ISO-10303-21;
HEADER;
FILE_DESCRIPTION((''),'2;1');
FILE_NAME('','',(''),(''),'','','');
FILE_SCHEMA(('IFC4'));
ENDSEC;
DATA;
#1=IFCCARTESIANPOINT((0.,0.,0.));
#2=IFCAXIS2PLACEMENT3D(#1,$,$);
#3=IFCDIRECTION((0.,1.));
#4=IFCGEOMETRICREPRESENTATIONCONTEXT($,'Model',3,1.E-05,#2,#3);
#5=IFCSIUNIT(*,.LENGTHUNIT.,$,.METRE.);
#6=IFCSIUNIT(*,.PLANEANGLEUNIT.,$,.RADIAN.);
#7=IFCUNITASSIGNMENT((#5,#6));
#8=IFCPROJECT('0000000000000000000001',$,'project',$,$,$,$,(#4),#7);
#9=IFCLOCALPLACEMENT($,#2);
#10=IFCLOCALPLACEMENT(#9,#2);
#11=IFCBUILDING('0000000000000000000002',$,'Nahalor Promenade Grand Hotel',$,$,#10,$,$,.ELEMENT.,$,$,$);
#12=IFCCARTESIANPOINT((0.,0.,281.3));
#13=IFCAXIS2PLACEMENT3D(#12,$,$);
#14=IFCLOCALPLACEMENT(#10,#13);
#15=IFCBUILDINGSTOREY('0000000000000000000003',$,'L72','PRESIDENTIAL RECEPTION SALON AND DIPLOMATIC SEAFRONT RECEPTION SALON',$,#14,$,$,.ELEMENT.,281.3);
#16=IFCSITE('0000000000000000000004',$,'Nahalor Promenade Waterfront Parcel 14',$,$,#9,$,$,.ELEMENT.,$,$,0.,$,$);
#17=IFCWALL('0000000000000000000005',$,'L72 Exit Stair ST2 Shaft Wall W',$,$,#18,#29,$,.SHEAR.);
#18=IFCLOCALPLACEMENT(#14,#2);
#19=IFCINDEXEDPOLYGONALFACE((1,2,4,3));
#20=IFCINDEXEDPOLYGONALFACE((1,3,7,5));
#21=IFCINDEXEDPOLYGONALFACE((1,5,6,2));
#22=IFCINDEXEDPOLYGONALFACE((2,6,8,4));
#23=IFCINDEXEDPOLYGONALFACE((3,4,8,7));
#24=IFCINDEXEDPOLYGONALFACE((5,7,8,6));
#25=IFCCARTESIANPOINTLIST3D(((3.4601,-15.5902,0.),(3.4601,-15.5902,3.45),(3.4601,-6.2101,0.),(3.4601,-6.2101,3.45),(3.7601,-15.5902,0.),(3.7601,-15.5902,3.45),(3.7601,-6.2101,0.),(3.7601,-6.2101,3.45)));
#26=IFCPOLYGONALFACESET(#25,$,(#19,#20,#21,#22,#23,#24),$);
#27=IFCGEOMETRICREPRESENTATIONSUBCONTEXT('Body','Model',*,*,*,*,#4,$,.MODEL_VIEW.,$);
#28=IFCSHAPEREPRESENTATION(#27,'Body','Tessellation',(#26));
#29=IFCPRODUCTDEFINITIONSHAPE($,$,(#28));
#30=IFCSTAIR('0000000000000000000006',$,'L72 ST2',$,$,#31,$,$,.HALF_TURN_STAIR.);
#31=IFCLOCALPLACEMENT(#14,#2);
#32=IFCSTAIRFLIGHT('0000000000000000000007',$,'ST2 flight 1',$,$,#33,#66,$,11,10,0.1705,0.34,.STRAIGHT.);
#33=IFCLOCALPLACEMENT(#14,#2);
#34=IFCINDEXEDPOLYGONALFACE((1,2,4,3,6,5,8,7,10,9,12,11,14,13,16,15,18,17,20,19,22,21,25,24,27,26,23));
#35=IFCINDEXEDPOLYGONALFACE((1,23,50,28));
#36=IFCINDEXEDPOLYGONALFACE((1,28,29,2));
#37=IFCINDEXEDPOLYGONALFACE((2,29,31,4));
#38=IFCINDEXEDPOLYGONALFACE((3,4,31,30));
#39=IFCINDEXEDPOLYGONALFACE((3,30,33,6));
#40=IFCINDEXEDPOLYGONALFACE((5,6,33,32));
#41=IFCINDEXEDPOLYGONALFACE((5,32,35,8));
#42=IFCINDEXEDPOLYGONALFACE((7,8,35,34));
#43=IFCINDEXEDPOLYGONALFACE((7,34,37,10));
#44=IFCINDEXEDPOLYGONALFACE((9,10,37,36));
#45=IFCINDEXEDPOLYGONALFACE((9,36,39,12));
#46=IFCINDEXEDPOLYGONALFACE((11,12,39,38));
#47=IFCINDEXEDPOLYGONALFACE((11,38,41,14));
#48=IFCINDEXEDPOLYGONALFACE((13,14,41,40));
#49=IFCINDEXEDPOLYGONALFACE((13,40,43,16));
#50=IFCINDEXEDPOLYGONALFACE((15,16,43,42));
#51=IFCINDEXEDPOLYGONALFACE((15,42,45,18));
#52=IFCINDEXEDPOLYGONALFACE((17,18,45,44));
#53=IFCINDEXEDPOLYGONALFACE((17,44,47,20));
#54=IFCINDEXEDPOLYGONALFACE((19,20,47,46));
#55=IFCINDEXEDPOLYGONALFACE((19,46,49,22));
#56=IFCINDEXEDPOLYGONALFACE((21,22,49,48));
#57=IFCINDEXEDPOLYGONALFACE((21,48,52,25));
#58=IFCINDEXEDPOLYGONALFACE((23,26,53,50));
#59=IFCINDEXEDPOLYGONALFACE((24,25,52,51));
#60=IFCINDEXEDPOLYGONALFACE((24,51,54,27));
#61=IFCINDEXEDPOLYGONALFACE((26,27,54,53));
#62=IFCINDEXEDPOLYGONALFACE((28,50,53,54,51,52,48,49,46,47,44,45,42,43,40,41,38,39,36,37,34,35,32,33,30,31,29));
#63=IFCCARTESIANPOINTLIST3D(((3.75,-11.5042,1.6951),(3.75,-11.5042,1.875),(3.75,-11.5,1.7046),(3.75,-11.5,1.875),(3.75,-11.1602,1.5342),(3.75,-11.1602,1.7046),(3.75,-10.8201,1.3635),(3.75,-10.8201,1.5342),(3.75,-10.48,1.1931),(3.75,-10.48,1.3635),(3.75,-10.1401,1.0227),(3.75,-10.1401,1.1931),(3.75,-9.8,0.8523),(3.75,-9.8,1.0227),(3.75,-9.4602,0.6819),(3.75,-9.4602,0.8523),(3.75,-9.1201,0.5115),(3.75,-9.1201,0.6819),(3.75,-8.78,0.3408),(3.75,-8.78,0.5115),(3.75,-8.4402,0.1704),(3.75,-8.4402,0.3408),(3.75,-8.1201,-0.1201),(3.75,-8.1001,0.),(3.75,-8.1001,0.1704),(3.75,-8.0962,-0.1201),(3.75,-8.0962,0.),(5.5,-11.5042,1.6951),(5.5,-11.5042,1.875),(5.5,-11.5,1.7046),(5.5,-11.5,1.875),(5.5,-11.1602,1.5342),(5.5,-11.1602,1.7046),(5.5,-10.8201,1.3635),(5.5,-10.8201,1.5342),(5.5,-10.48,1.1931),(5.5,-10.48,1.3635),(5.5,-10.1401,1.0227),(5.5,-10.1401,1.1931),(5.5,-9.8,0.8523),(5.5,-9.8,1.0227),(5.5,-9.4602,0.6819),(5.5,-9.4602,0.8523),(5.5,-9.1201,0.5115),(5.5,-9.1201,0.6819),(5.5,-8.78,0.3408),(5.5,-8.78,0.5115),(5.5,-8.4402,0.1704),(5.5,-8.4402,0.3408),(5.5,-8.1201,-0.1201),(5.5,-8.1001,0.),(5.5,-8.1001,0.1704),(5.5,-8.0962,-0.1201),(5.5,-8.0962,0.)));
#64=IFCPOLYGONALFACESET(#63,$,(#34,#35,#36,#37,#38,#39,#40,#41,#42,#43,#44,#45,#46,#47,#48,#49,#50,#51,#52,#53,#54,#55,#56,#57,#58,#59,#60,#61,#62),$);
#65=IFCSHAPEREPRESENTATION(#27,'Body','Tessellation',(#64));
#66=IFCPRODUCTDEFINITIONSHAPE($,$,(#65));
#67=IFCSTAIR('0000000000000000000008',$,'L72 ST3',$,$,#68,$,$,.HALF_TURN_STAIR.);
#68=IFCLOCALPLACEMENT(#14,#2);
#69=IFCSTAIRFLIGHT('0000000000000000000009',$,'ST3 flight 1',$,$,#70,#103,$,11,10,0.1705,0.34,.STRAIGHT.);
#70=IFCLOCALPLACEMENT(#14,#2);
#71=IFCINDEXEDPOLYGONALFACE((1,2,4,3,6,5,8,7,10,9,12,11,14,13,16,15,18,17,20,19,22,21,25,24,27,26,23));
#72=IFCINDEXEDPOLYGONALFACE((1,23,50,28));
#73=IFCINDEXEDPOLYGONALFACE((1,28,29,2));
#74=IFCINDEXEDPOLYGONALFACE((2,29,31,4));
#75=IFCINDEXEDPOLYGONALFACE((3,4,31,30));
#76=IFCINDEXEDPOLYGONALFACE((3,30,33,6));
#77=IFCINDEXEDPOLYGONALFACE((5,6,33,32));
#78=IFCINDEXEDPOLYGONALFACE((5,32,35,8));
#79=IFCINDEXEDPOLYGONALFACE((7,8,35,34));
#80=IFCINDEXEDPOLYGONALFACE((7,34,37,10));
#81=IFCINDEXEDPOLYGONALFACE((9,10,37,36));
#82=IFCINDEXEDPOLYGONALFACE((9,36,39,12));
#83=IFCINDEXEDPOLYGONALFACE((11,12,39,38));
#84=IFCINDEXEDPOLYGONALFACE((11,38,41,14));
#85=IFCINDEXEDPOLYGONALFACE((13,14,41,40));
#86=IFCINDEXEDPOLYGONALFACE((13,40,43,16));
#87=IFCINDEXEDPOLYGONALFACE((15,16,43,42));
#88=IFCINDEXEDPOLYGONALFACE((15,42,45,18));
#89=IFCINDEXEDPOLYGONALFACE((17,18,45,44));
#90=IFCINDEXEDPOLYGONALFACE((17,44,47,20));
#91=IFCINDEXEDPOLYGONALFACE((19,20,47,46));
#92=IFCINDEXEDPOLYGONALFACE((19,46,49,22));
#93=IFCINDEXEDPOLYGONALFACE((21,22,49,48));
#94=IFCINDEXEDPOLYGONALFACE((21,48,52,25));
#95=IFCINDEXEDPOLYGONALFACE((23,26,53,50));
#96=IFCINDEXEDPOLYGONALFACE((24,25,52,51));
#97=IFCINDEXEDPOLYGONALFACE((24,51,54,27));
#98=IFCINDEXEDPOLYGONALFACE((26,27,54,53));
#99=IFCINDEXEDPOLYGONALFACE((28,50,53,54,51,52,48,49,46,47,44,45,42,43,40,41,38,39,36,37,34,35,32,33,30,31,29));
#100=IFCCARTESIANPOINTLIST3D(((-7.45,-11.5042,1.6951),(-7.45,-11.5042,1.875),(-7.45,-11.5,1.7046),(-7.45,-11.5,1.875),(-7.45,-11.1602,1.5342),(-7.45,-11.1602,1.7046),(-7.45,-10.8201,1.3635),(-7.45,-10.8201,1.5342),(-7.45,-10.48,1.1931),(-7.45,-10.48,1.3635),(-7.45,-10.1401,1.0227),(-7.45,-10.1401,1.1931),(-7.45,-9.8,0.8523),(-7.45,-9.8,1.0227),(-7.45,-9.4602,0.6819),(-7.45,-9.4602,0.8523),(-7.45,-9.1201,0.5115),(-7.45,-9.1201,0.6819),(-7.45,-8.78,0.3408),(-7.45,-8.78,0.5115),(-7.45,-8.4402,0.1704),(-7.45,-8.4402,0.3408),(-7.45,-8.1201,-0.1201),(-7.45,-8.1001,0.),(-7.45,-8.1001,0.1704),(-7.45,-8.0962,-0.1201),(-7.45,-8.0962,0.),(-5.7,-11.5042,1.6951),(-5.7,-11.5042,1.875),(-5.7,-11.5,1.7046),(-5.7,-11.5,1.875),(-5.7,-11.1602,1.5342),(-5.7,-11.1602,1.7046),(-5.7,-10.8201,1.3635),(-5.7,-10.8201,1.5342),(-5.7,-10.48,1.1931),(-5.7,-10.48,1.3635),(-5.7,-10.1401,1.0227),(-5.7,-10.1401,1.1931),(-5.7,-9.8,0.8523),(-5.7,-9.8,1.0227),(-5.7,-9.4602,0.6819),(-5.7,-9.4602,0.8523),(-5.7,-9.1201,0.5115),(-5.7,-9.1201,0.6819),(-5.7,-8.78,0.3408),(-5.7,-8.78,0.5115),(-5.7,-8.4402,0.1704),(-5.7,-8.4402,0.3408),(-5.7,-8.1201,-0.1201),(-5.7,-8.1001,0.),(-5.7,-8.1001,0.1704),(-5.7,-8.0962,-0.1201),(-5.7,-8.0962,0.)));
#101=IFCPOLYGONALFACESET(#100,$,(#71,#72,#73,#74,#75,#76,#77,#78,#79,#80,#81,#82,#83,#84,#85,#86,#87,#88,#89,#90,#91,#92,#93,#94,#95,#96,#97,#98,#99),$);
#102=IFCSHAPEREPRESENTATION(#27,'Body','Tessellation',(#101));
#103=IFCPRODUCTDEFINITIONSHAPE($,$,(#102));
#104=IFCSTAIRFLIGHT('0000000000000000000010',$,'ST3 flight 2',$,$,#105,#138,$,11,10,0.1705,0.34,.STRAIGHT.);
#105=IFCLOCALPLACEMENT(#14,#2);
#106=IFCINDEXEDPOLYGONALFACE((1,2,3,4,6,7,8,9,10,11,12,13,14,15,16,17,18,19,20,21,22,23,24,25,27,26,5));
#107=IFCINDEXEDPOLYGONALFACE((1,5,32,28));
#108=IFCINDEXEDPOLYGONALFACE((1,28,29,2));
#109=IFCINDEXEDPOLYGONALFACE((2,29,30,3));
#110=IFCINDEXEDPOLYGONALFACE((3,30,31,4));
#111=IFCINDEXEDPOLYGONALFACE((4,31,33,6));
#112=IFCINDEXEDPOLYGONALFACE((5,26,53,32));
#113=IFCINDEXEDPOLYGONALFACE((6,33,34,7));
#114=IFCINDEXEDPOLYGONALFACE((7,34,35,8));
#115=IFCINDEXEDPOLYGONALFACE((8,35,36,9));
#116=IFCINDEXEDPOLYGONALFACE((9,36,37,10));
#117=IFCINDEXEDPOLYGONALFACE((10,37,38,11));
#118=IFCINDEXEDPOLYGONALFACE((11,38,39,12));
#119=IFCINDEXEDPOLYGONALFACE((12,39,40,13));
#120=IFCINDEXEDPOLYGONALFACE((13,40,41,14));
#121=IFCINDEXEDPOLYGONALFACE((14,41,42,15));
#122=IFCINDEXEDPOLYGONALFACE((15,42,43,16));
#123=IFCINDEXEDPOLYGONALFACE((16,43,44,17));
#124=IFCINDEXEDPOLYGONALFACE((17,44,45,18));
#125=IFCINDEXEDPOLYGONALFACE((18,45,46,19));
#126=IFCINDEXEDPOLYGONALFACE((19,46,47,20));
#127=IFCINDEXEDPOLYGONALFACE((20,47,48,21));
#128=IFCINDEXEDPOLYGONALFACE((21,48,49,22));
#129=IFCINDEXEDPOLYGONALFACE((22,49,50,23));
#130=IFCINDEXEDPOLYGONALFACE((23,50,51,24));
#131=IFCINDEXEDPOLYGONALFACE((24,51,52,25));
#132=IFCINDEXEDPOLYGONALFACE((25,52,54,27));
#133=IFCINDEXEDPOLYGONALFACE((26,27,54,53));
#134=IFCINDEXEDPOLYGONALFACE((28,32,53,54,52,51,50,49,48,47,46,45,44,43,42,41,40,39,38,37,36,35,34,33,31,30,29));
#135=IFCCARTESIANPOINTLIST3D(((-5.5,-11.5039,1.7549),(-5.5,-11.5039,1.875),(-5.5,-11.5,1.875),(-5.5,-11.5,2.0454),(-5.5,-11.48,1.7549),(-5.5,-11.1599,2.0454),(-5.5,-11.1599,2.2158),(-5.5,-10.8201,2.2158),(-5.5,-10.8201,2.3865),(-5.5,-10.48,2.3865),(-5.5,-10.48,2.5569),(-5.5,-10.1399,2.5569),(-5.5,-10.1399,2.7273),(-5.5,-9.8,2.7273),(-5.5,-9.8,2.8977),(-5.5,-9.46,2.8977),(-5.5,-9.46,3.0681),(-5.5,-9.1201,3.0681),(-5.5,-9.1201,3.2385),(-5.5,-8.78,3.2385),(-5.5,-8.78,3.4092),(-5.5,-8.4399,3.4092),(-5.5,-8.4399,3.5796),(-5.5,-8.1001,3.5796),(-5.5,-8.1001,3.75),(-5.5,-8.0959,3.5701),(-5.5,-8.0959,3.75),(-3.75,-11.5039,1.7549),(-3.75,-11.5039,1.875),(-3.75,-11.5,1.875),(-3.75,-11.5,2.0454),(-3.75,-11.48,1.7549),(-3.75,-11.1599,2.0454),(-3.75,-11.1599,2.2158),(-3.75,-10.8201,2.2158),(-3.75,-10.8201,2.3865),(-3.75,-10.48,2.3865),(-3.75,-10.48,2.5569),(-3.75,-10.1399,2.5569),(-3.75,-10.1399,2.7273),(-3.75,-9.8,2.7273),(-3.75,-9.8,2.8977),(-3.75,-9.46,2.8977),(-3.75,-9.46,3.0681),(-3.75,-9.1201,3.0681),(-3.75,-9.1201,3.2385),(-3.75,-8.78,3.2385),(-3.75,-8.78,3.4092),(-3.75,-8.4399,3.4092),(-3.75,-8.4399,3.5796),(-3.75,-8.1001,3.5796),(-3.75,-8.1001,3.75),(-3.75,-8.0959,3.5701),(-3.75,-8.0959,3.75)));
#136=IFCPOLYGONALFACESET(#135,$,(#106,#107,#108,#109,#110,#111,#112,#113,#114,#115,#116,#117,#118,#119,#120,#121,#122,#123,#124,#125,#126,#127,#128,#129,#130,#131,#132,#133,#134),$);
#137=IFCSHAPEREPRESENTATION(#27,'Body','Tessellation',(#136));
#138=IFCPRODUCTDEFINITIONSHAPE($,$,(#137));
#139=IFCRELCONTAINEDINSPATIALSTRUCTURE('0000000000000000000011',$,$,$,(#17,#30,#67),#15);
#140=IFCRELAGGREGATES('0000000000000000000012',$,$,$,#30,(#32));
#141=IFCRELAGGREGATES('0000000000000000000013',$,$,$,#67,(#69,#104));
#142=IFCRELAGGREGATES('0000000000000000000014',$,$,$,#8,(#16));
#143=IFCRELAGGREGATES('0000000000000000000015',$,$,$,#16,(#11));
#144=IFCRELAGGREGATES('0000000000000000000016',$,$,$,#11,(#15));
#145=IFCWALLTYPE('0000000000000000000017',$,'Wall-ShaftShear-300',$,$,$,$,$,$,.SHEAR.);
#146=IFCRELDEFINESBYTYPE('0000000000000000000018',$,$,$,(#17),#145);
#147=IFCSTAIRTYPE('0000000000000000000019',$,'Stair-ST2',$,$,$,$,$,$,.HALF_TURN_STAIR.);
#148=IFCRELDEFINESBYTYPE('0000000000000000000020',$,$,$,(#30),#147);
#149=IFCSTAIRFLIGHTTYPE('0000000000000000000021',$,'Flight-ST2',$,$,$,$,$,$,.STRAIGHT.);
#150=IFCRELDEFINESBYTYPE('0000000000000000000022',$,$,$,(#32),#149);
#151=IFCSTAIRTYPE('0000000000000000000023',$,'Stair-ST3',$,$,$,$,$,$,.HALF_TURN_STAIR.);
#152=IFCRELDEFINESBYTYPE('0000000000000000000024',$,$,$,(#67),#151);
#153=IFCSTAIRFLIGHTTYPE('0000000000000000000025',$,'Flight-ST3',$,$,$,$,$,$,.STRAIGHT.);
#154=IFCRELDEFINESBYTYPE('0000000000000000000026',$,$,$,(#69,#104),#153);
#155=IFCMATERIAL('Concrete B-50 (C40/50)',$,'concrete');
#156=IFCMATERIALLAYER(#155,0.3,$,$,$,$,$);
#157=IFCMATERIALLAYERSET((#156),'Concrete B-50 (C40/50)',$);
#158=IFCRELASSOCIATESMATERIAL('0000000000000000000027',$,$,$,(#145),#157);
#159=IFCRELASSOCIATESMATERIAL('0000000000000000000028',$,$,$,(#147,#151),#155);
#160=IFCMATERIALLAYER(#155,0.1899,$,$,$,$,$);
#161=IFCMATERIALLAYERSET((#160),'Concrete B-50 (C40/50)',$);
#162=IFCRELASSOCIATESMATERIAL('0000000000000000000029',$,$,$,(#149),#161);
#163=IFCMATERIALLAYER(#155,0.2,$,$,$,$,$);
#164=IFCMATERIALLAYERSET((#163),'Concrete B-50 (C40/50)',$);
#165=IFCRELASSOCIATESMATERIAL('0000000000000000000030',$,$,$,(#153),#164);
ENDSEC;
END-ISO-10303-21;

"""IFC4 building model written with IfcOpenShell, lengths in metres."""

from ifc_helpers import new_model, si_unit, direction, frame, frame_2d, origin, place, context, subcontext, project, spatial, polyline, rectangle, outline, extrude, source, transform, mapped, material, layer, layer_set, type_object, element, aggregate, save


model = new_model("IFC4")

# Units and contexts
model_context = context("Model", 3, precision=1e-05, world=origin(), true_north=direction((0.0, 1.0)))
body_context = subcontext(model_context, "Body", "Model", "MODEL_VIEW")
ifc_project = project(units=[si_unit("LENGTHUNIT", "METRE"), si_unit("PLANEANGLEUNIT", "RADIAN")], contexts=[model_context])

# Site, building, storey
site_placement = place(None, origin())
site = spatial("IfcSite", under=ifc_project, at=site_placement, Name="Nahalor Promenade Waterfront Parcel 14", CompositionType="ELEMENT", RefElevation=0.0)
building_placement = place(site_placement, origin())
building = spatial("IfcBuilding", under=site, at=building_placement, Name="Nahalor Promenade Grand Hotel", CompositionType="ELEMENT")
storey_placement = place(building_placement, frame((0.0, 0.0, 281.3)))
storey = spatial("IfcBuildingStorey", under=building, at=storey_placement, Name="L72", Description="PRESIDENTIAL RECEPTION SALON AND DIPLOMATIC SEAFRONT RECEPTION SALON", CompositionType="ELEMENT", Elevation=281.3)

# Shared definitions
ifc_material_1 = material(Name="Concrete B-50 (C40/50)", Category="concrete")

# Shared definitions
ifc_layer_1 = layer(ifc_material_1, 0.3)
ifc_layer_set_1 = layer_set([ifc_layer_1], Name="Concrete B-50 (C40/50)")
wall_type = type_object("IfcWallType", Name="Wall-ShaftShear-300", PredefinedType="SHEAR", material=ifc_layer_set_1)

# Wall
shared_shape_1 = source(origin(), body_context, "Body", "SweptSolid", [
    extrude(rectangle(XDim=9.3801, YDim=0.3, at=frame_2d((4.6899, 0.0))), origin(), (0.0, 0.0, 1.0), 3.45),
])
wall_1_placement = place(storey_placement, frame((3.6101, -15.5901, 0.0), z_axis=(0.0, 0.0, 1.0), x_axis=(0.0, 1.0, 0.0)))
element("IfcWall", 1, at=wall_1_placement, inside=storey, type_object=wall_type, Name="L72 Exit Stair ST2 Shaft Wall W", PredefinedType="SHEAR", context=body_context, shape_type="MappedRepresentation", body=[
    mapped(shared_shape_1, transform((0.0, 0.0, 0.0), scale=1.0)),
])

# Stair, stair flight
stair_type_1 = type_object("IfcStairType", Name="Stair-ST2", PredefinedType="HALF_TURN_STAIR", material=ifc_material_1)
stair_1_placement = place(storey_placement, origin())
stair_1 = element("IfcStair", 2, at=stair_1_placement, inside=storey, type_object=stair_type_1, Name="L72 ST2", PredefinedType="HALF_TURN_STAIR")
ifc_layer_2 = layer(ifc_material_1, 0.1899)
ifc_layer_set_2 = layer_set([ifc_layer_2], Name="Concrete B-50 (C40/50)")
stair_flight_type_1 = type_object("IfcStairFlightType", Name="Flight-ST2", PredefinedType="STRAIGHT", material=ifc_layer_set_2)
shared_shape_2 = source(origin(), body_context, "Body", "SweptSolid", [
    extrude(outline(polyline([(-0.0039, -0.1201), (-0.0039, 0.0), (0.0, 0.0), (0.0, 0.1704), (0.3401, 0.1704), (0.3401, 0.3408), (0.6799, 0.3408), (0.6799, 0.5115), (1.02, 0.5115), (1.02, 0.6819), (1.3601, 0.6819), (1.3601, 0.8523), (1.7, 0.8523), (1.7, 1.0227), (2.04, 1.0227), (2.04, 1.1931), (2.3799, 1.1931), (2.3799, 1.3635), (2.72, 1.3635), (2.72, 1.5342), (3.0601, 1.5342), (3.0601, 1.7046), (3.3999, 1.7046), (3.3999, 1.875), (3.4041, 1.875), (3.4041, 1.6951), (0.02, -0.1201), (-0.0039, -0.1201)])), frame((0.0, 0.875, 0.0), z_axis=(0.0, -1.0, 0.0), x_axis=(1.0, 0.0, 0.0)), (0.0, 0.0, 1.0), 1.75),
])
stair_flight_1_placement = place(storey_placement, frame((4.625, -8.1001, 0.0), z_axis=(0.0, 0.0, 1.0), x_axis=(0.0, -1.0, 0.0)))
stair_flight_1 = element("IfcStairFlight", 3, at=stair_flight_1_placement, type_object=stair_flight_type_1, Name="ST2 flight 1", NumberOfRisers=11, NumberOfTreads=10, PredefinedType="STRAIGHT", RiserHeight=0.1705, TreadLength=0.34, context=body_context, shape_type="MappedRepresentation", body=[
    mapped(shared_shape_2, transform((0.0, 0.0, 0.0), scale=1.0)),
])
aggregate(stair_1, [stair_flight_1])

# Stair, stair flights
stair_type_2 = type_object("IfcStairType", Name="Stair-ST3", PredefinedType="HALF_TURN_STAIR", material=ifc_material_1)
stair_2_placement = place(storey_placement, origin())
stair_2 = element("IfcStair", 4, at=stair_2_placement, inside=storey, type_object=stair_type_2, Name="L72 ST3", PredefinedType="HALF_TURN_STAIR")
ifc_layer_3 = layer(ifc_material_1, 0.2)
ifc_layer_set_3 = layer_set([ifc_layer_3], Name="Concrete B-50 (C40/50)")
stair_flight_type_2 = type_object("IfcStairFlightType", Name="Flight-ST3", PredefinedType="STRAIGHT", material=ifc_layer_set_3)
shared_shape_3 = source(origin(), body_context, "Body", "SweptSolid", [
    extrude(outline(polyline([(-0.0039, -0.1201), (-0.0039, 0.0), (0.0, 0.0), (0.0, 0.1704), (0.3401, 0.1704), (0.3401, 0.3408), (0.6799, 0.3408), (0.6799, 0.5115), (1.02, 0.5115), (1.02, 0.6819), (1.3601, 0.6819), (1.3601, 0.8523), (1.7, 0.8523), (1.7, 1.0227), (2.04, 1.0227), (2.04, 1.1931), (2.3799, 1.1931), (2.3799, 1.3635), (2.72, 1.3635), (2.72, 1.5342), (3.0601, 1.5342), (3.0601, 1.7046), (3.3999, 1.7046), (3.3999, 1.875), (3.4041, 1.875), (3.4041, 1.6951), (0.02, -0.1201), (-0.0039, -0.1201)])), frame((0.0, 0.875, 0.0), z_axis=(0.0, -1.0, 0.0), x_axis=(1.0, 0.0, 0.0)), (0.0, 0.0, 1.0), 1.75),
])
stair_flight_2_placement = place(storey_placement, frame((-6.575, -8.1001, 0.0), z_axis=(0.0, 0.0, 1.0), x_axis=(0.0, -1.0, 0.0)))
stair_flight_2 = element("IfcStairFlight", 5, at=stair_flight_2_placement, type_object=stair_flight_type_2, Name="ST3 flight 1", NumberOfRisers=11, NumberOfTreads=10, PredefinedType="STRAIGHT", RiserHeight=0.1705, TreadLength=0.34, context=body_context, shape_type="MappedRepresentation", body=[
    mapped(shared_shape_3, transform((0.0, 0.0, 0.0), scale=1.0)),
])
stair_flight_3_placement = place(storey_placement, frame((-4.625, -11.5, 1.875), z_axis=(0.0, 0.0, 1.0), x_axis=(0.0, 1.0, 0.0)))
stair_flight_3 = element("IfcStairFlight", 6, at=stair_flight_3_placement, type_object=stair_flight_type_2, Name="ST3 flight 2", NumberOfRisers=11, NumberOfTreads=10, PredefinedType="STRAIGHT", RiserHeight=0.1705, TreadLength=0.34, context=body_context, shape_type="MappedRepresentation", body=[
    mapped(shared_shape_3, transform((0.0, 0.0, 0.0), scale=1.0)),
])
aggregate(stair_2, [stair_flight_2, stair_flight_3])

save(model, "model.ifc")
